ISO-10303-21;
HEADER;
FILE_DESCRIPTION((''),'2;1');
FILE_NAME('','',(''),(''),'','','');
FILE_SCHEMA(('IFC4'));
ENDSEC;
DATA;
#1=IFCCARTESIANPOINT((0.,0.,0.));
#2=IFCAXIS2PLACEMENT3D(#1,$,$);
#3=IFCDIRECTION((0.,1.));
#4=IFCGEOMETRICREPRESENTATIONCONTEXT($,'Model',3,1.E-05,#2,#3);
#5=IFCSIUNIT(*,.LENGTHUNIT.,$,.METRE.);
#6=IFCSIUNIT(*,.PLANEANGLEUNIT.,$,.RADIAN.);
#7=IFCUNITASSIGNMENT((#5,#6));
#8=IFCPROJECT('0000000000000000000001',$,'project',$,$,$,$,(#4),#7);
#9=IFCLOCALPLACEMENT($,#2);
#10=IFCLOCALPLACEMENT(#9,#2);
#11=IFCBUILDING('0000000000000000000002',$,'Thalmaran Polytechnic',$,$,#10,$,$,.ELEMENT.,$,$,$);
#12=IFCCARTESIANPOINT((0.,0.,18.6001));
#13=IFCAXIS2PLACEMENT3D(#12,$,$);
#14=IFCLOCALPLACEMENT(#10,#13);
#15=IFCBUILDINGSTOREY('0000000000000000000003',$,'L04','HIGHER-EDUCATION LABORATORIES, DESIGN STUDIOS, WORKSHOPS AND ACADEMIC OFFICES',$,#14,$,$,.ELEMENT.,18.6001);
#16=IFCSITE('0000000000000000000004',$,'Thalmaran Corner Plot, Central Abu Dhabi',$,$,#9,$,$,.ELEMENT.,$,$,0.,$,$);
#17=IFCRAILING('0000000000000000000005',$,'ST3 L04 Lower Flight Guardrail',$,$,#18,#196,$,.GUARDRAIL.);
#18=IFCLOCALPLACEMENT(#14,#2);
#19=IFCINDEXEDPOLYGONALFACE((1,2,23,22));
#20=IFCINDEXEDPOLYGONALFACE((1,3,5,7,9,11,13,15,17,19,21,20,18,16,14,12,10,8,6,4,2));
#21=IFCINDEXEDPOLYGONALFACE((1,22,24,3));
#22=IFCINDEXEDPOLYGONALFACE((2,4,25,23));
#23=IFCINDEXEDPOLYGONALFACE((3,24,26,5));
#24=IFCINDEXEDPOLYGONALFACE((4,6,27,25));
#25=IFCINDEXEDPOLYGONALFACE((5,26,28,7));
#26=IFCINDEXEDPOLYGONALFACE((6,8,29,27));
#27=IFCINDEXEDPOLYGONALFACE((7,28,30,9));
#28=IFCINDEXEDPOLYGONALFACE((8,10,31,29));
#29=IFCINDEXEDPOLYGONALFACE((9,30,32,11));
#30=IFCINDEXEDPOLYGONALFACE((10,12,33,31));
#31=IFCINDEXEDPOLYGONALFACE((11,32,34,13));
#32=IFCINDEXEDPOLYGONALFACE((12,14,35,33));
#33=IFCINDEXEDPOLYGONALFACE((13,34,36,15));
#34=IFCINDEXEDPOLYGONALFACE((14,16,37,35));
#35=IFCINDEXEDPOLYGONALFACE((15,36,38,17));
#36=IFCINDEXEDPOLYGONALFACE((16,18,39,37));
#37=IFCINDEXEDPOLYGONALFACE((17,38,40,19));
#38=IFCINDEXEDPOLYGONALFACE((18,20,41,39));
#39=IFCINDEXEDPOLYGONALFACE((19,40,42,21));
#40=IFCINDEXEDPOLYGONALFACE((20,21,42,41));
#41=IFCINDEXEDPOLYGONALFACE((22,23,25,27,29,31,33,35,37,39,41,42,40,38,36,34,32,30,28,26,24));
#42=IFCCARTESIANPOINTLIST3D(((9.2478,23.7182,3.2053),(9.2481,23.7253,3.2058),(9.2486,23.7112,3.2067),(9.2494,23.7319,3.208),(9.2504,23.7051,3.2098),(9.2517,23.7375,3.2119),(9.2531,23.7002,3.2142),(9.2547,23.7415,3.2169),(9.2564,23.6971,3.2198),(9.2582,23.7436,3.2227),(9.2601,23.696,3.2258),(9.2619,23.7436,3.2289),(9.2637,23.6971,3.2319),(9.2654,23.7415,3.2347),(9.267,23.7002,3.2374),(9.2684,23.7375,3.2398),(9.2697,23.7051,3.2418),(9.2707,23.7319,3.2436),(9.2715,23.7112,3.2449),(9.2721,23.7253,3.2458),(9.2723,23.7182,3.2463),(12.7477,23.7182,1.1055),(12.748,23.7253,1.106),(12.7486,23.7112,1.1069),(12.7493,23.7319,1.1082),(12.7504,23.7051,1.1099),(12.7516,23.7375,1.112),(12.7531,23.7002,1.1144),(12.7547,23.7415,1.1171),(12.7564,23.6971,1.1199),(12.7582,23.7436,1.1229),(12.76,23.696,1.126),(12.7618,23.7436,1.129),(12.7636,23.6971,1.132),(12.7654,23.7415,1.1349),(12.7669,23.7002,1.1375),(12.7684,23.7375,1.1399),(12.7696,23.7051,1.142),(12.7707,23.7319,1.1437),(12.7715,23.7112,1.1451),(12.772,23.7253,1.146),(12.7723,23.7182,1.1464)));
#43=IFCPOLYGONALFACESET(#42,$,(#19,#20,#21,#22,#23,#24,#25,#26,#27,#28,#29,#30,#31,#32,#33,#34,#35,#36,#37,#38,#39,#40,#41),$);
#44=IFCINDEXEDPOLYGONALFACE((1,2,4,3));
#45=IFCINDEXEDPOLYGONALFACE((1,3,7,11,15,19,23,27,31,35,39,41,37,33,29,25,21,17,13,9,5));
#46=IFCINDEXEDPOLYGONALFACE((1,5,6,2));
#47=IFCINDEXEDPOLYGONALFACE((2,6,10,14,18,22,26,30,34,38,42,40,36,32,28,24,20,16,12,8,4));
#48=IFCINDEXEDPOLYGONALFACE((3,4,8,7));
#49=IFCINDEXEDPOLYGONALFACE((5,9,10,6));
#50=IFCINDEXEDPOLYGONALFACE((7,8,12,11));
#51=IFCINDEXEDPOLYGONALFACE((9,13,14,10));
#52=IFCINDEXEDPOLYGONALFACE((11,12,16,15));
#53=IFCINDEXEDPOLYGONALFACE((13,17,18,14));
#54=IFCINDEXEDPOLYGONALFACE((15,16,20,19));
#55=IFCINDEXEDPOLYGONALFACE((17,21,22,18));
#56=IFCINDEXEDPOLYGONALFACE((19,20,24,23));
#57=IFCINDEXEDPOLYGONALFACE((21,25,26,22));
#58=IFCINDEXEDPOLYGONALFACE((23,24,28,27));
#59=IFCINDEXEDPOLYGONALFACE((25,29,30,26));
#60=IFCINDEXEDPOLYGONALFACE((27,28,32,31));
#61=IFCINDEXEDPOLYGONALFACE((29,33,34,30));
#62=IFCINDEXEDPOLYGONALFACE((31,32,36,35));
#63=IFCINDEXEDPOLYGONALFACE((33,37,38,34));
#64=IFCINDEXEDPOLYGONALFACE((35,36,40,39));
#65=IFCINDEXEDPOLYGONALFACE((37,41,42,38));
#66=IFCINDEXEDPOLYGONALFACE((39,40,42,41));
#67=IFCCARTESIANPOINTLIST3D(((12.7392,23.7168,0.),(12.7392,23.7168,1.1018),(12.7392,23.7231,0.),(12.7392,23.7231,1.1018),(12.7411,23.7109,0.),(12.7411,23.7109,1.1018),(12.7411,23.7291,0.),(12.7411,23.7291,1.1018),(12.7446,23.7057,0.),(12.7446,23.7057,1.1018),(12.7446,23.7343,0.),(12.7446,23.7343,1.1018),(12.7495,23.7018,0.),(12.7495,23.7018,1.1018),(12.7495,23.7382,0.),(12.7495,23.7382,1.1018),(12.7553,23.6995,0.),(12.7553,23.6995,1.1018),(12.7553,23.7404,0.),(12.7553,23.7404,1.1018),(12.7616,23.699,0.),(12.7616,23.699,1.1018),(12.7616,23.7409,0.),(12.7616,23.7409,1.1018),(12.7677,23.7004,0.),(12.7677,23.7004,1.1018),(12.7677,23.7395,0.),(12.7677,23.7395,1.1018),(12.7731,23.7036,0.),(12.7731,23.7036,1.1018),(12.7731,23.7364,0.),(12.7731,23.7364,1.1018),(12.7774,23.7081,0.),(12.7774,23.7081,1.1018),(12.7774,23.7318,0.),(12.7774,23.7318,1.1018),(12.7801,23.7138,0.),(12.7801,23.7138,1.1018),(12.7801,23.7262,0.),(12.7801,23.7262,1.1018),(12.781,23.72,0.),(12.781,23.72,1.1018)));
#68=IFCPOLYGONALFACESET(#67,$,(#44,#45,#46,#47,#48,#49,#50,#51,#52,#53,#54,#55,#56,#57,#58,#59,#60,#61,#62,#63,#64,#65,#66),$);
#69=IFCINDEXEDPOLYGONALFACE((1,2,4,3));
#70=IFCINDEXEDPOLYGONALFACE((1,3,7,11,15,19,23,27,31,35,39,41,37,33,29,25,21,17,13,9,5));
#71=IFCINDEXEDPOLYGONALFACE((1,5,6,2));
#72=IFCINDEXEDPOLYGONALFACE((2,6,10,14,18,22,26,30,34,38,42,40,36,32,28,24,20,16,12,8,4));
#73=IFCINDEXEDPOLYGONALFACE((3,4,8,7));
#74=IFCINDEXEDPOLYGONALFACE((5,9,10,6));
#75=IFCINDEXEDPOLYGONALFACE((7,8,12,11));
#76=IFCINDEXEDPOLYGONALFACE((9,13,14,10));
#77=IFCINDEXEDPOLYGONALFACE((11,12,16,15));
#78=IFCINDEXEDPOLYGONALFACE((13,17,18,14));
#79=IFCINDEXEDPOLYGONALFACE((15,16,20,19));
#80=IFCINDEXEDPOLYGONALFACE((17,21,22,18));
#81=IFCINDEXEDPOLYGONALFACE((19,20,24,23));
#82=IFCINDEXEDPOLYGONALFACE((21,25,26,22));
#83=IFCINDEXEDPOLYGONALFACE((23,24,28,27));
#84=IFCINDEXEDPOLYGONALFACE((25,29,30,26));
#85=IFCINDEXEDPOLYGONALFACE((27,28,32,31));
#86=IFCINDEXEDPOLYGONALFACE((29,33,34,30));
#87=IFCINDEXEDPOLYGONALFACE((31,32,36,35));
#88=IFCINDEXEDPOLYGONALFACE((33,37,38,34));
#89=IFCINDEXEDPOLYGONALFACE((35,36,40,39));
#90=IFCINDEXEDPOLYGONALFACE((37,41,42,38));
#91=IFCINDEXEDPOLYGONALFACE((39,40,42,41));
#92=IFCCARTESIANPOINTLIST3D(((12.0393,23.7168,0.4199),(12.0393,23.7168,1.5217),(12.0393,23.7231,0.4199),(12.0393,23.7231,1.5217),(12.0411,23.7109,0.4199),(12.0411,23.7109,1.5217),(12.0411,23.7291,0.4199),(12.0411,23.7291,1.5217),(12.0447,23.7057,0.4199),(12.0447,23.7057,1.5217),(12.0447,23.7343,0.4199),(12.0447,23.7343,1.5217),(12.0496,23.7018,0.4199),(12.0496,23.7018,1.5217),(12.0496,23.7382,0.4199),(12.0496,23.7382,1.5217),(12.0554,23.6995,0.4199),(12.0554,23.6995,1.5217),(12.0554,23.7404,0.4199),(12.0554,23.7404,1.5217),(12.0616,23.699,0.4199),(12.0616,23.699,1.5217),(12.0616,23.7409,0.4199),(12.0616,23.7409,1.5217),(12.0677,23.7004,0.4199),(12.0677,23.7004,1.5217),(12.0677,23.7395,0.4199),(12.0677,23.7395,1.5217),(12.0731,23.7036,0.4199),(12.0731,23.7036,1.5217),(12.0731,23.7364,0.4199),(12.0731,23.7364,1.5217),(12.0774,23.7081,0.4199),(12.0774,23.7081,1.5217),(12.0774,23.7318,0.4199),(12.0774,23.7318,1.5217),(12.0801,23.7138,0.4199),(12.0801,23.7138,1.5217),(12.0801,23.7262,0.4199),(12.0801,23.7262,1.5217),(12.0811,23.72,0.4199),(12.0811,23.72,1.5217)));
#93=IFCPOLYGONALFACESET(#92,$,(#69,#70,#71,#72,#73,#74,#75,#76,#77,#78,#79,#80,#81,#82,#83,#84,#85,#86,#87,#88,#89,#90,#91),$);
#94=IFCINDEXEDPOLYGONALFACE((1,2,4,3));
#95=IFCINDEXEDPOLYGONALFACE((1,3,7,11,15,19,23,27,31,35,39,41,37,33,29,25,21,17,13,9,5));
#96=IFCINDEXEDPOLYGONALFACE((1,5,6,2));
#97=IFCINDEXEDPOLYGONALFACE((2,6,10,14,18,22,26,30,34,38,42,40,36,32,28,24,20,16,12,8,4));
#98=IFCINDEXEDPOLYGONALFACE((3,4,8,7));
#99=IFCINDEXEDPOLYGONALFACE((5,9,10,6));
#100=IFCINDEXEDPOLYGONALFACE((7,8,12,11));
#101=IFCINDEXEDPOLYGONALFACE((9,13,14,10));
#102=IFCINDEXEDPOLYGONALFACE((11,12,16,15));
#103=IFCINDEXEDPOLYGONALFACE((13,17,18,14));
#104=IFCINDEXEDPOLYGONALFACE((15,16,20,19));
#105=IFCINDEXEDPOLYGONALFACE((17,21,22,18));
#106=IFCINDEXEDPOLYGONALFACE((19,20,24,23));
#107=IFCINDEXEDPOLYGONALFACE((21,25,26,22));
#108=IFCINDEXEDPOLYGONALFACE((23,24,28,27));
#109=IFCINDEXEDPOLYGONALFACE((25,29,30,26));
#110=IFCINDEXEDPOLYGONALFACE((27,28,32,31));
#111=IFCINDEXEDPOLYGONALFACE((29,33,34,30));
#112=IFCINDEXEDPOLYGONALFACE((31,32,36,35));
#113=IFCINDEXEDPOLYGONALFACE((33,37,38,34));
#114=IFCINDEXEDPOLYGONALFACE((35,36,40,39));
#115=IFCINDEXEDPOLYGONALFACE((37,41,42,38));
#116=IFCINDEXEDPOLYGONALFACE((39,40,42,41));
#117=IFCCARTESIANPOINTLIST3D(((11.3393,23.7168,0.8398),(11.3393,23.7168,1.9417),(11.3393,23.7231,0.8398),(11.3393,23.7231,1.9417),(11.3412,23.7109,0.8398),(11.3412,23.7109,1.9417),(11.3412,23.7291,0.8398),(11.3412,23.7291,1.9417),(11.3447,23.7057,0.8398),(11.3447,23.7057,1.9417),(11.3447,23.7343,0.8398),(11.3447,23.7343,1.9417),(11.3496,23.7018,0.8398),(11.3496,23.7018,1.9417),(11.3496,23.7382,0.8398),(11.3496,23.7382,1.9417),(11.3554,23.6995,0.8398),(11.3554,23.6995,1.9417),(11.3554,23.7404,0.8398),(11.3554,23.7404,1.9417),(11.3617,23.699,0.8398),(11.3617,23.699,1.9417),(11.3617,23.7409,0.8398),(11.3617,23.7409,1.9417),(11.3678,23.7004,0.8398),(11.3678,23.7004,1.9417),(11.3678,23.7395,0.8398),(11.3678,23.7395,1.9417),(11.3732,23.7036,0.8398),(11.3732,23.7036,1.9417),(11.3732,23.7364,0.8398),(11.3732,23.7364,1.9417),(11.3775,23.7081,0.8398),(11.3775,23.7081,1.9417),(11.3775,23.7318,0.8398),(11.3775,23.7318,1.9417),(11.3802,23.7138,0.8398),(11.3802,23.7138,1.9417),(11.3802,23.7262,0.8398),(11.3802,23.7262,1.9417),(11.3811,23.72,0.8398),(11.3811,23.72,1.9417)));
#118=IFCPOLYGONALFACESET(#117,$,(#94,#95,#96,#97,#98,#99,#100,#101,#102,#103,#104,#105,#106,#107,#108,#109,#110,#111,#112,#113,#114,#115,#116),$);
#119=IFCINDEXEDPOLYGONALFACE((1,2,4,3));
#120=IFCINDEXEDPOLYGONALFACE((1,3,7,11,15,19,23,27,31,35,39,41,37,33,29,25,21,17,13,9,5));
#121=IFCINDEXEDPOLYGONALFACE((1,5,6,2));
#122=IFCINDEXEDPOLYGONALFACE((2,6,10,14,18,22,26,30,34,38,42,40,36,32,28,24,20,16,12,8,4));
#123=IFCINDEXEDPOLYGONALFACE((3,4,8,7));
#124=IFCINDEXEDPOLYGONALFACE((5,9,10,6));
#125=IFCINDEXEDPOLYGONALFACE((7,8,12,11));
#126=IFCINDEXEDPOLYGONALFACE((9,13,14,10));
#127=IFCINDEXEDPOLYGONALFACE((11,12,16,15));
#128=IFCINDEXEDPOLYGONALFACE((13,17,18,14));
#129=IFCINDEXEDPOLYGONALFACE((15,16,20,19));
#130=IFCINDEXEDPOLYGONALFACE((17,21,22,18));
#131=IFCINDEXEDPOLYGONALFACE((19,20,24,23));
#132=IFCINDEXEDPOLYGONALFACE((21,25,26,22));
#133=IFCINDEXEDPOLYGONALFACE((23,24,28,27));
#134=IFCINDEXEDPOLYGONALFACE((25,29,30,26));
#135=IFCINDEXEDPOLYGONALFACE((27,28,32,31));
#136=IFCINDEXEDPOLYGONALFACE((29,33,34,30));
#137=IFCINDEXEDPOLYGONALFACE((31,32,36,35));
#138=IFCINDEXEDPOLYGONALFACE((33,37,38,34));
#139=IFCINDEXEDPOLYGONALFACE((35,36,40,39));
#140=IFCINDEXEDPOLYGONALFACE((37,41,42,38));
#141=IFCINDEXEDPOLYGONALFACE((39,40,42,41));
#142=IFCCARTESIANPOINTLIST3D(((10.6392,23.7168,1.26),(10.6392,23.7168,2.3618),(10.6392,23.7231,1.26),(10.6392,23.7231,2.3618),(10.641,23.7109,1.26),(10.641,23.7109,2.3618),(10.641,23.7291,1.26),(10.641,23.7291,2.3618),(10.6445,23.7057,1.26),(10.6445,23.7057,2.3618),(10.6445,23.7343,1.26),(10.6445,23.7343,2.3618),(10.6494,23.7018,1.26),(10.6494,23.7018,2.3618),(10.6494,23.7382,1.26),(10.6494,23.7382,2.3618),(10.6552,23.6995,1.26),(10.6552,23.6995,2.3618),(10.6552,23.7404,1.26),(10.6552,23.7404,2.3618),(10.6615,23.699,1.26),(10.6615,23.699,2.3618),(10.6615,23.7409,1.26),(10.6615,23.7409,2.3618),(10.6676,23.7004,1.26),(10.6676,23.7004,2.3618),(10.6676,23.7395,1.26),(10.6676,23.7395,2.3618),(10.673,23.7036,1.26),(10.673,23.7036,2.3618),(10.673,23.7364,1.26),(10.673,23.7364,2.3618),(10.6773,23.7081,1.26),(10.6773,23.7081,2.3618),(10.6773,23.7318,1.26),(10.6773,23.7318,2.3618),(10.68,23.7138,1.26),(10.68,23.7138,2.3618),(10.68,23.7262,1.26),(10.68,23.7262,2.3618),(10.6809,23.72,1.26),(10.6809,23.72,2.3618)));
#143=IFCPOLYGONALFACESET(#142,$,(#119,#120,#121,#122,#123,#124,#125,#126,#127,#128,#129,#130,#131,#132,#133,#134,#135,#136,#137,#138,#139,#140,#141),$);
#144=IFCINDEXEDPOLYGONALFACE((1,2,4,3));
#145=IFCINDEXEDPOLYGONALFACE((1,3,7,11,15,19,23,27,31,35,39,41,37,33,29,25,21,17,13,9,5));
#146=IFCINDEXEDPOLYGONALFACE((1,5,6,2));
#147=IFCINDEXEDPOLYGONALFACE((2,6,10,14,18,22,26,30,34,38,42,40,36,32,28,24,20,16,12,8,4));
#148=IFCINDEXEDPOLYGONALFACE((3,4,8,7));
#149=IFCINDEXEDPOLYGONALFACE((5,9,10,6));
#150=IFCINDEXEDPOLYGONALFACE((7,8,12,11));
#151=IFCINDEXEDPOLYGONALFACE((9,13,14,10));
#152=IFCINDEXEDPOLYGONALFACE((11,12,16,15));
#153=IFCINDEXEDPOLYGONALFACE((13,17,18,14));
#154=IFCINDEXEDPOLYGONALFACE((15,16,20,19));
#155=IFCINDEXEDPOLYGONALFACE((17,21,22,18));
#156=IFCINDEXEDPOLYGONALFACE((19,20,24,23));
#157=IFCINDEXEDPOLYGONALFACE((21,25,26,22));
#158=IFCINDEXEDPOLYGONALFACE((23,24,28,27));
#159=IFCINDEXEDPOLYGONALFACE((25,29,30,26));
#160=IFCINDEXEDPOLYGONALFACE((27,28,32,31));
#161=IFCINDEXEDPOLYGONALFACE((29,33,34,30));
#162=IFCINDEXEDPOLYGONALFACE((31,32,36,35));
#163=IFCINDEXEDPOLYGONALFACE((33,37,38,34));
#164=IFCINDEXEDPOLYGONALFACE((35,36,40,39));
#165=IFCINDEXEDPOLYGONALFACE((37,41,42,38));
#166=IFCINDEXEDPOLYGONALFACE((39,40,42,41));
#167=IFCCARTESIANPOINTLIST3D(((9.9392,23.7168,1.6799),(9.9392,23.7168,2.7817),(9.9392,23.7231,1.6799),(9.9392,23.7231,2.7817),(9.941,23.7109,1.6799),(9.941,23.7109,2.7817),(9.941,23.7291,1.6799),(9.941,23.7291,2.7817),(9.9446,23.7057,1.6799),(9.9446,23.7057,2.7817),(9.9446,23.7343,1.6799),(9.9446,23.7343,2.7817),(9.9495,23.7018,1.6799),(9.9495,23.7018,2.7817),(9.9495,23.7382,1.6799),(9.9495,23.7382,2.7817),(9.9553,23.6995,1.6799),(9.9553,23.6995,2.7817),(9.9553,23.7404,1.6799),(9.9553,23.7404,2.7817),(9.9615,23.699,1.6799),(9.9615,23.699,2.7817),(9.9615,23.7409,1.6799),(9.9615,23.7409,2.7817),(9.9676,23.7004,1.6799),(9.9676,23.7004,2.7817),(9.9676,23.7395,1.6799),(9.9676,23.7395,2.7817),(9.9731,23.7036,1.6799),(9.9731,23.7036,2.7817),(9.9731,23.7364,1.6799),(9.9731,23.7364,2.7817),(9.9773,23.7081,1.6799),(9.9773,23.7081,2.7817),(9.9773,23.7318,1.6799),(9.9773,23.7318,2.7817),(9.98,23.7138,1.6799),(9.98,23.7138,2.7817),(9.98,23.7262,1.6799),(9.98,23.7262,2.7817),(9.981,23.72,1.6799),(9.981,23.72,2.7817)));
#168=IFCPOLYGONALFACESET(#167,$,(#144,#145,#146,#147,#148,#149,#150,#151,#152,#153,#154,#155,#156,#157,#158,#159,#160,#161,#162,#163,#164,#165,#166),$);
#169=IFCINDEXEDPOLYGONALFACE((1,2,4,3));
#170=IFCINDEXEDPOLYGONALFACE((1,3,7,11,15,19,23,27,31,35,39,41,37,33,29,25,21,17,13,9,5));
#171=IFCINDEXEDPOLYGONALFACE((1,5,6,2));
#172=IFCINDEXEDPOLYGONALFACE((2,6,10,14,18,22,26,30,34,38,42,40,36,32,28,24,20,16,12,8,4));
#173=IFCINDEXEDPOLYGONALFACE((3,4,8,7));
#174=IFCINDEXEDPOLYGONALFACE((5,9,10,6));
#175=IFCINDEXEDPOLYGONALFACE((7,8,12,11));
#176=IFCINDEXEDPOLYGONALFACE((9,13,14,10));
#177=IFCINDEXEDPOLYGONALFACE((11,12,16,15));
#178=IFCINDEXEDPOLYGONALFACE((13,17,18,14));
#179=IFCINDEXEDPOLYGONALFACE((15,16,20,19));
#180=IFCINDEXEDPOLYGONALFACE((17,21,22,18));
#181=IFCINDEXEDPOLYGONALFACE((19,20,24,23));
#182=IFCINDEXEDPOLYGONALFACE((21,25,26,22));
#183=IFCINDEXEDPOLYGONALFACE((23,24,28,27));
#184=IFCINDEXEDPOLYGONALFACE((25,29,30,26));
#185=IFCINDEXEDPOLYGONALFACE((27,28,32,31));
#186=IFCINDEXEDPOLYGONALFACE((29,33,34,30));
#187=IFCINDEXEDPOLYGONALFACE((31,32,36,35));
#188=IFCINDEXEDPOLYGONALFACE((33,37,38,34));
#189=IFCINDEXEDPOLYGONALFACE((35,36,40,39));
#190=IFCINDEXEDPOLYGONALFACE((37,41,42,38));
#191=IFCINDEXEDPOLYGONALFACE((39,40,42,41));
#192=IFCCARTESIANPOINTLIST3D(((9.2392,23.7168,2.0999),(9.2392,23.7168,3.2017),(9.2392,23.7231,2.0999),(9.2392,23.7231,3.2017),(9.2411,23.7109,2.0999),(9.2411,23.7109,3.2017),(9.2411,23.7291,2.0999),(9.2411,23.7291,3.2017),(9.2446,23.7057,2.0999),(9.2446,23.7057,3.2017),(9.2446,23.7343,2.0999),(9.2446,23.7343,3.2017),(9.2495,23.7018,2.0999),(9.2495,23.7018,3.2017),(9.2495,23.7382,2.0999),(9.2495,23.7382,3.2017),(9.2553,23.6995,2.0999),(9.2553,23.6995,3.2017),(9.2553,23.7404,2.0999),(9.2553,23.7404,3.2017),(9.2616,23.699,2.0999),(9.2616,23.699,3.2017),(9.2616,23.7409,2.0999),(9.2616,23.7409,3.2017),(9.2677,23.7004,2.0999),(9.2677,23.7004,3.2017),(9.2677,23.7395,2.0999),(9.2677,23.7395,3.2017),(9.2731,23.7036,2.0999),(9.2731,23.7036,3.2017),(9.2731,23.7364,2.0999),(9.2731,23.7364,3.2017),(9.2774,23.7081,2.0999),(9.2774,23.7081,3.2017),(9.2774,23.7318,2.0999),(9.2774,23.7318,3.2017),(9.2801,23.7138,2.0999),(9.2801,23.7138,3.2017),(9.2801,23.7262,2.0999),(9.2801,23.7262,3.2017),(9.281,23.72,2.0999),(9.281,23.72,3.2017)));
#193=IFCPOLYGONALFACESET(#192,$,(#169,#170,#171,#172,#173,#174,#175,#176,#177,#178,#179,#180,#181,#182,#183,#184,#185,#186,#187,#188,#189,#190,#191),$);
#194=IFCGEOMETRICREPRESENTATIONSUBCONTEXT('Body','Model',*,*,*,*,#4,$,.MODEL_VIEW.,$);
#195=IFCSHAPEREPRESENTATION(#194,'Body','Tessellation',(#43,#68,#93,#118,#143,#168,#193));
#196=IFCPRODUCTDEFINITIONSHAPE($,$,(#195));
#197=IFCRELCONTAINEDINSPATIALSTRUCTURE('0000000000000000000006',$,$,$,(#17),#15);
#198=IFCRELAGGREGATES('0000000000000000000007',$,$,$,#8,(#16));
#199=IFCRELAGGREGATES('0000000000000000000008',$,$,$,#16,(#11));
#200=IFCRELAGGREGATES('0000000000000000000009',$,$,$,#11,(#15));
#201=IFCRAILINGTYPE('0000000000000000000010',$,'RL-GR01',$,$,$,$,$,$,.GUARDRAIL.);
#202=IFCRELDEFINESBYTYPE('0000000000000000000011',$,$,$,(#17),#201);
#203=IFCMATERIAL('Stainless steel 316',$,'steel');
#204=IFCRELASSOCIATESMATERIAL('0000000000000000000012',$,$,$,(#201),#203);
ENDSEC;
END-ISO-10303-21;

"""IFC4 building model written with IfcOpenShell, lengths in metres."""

from ifc_helpers import new_model, si_unit, direction, frame, origin, origin_2d, place, context, subcontext, project, spatial, circle, extrude, material, type_object, element, save


model = new_model("IFC4")

# Units and contexts
model_context = context("Model", 3, precision=1e-05, world=origin(), true_north=direction((0.0, 1.0)))
body_context = subcontext(model_context, "Body", "Model", "MODEL_VIEW")
ifc_project = project(units=[si_unit("LENGTHUNIT", "METRE"), si_unit("PLANEANGLEUNIT", "RADIAN")], contexts=[model_context])

# Site, building, storey
site_placement = place(None, origin())
site = spatial("IfcSite", under=ifc_project, at=site_placement, Name="Thalmaran Corner Plot, Central Abu Dhabi", CompositionType="ELEMENT", RefElevation=0.0)
building_placement = place(site_placement, origin())
building = spatial("IfcBuilding", under=site, at=building_placement, Name="Thalmaran Polytechnic", CompositionType="ELEMENT")
storey_placement = place(building_placement, frame((0.0, 0.0, 18.6001)))
storey = spatial("IfcBuildingStorey", under=building, at=storey_placement, Name="L04", Description="HIGHER-EDUCATION LABORATORIES, DESIGN STUDIOS, WORKSHOPS AND ACADEMIC OFFICES", CompositionType="ELEMENT", Elevation=18.6001)

# Railing
ifc_material_1 = material(Name="Stainless steel 316", Category="steel")
railing_type_1 = type_object("IfcRailingType", Name="RL-GR01", PredefinedType="GUARDRAIL", material=ifc_material_1)
railing_1_placement = place(storey_placement, frame((12.76, 23.72, 0.0)))
element("IfcRailing", 1, at=railing_1_placement, inside=storey, type_object=railing_type_1, Name="ST3 L04 Lower Flight Guardrail", PredefinedType="GUARDRAIL", context=body_context, shape_type="SweptSolid", body=[
    extrude(circle(Radius=0.0239, at=origin_2d()), frame((0.0, 0.0, 1.126), z_axis=(-0.857509, 0.0, 0.514469), x_axis=(0.0, -1.0, 0.0)), (0.0, 0.0, 1.0), 4.0815),
    extrude(circle(Radius=0.021, at=origin_2d()), origin(), (0.0, 0.0, 1.0), 1.1018),
    extrude(circle(Radius=0.021, at=origin_2d()), frame((-0.7, 0.0, 0.4199)), (0.0, 0.0, 1.0), 1.1018),
    extrude(circle(Radius=0.021, at=origin_2d()), frame((-1.3999, 0.0, 0.8398)), (0.0, 0.0, 1.0), 1.1018),
    extrude(circle(Radius=0.021, at=origin_2d()), frame((-2.1001, 0.0, 1.26)), (0.0, 0.0, 1.0), 1.1018),
    extrude(circle(Radius=0.021, at=origin_2d()), frame((-2.8, 0.0, 1.6799)), (0.0, 0.0, 1.0), 1.1018),
    extrude(circle(Radius=0.021, at=origin_2d()), frame((-3.5, 0.0, 2.0999)), (0.0, 0.0, 1.0), 1.1018),
])

save(model, "model.ifc")
